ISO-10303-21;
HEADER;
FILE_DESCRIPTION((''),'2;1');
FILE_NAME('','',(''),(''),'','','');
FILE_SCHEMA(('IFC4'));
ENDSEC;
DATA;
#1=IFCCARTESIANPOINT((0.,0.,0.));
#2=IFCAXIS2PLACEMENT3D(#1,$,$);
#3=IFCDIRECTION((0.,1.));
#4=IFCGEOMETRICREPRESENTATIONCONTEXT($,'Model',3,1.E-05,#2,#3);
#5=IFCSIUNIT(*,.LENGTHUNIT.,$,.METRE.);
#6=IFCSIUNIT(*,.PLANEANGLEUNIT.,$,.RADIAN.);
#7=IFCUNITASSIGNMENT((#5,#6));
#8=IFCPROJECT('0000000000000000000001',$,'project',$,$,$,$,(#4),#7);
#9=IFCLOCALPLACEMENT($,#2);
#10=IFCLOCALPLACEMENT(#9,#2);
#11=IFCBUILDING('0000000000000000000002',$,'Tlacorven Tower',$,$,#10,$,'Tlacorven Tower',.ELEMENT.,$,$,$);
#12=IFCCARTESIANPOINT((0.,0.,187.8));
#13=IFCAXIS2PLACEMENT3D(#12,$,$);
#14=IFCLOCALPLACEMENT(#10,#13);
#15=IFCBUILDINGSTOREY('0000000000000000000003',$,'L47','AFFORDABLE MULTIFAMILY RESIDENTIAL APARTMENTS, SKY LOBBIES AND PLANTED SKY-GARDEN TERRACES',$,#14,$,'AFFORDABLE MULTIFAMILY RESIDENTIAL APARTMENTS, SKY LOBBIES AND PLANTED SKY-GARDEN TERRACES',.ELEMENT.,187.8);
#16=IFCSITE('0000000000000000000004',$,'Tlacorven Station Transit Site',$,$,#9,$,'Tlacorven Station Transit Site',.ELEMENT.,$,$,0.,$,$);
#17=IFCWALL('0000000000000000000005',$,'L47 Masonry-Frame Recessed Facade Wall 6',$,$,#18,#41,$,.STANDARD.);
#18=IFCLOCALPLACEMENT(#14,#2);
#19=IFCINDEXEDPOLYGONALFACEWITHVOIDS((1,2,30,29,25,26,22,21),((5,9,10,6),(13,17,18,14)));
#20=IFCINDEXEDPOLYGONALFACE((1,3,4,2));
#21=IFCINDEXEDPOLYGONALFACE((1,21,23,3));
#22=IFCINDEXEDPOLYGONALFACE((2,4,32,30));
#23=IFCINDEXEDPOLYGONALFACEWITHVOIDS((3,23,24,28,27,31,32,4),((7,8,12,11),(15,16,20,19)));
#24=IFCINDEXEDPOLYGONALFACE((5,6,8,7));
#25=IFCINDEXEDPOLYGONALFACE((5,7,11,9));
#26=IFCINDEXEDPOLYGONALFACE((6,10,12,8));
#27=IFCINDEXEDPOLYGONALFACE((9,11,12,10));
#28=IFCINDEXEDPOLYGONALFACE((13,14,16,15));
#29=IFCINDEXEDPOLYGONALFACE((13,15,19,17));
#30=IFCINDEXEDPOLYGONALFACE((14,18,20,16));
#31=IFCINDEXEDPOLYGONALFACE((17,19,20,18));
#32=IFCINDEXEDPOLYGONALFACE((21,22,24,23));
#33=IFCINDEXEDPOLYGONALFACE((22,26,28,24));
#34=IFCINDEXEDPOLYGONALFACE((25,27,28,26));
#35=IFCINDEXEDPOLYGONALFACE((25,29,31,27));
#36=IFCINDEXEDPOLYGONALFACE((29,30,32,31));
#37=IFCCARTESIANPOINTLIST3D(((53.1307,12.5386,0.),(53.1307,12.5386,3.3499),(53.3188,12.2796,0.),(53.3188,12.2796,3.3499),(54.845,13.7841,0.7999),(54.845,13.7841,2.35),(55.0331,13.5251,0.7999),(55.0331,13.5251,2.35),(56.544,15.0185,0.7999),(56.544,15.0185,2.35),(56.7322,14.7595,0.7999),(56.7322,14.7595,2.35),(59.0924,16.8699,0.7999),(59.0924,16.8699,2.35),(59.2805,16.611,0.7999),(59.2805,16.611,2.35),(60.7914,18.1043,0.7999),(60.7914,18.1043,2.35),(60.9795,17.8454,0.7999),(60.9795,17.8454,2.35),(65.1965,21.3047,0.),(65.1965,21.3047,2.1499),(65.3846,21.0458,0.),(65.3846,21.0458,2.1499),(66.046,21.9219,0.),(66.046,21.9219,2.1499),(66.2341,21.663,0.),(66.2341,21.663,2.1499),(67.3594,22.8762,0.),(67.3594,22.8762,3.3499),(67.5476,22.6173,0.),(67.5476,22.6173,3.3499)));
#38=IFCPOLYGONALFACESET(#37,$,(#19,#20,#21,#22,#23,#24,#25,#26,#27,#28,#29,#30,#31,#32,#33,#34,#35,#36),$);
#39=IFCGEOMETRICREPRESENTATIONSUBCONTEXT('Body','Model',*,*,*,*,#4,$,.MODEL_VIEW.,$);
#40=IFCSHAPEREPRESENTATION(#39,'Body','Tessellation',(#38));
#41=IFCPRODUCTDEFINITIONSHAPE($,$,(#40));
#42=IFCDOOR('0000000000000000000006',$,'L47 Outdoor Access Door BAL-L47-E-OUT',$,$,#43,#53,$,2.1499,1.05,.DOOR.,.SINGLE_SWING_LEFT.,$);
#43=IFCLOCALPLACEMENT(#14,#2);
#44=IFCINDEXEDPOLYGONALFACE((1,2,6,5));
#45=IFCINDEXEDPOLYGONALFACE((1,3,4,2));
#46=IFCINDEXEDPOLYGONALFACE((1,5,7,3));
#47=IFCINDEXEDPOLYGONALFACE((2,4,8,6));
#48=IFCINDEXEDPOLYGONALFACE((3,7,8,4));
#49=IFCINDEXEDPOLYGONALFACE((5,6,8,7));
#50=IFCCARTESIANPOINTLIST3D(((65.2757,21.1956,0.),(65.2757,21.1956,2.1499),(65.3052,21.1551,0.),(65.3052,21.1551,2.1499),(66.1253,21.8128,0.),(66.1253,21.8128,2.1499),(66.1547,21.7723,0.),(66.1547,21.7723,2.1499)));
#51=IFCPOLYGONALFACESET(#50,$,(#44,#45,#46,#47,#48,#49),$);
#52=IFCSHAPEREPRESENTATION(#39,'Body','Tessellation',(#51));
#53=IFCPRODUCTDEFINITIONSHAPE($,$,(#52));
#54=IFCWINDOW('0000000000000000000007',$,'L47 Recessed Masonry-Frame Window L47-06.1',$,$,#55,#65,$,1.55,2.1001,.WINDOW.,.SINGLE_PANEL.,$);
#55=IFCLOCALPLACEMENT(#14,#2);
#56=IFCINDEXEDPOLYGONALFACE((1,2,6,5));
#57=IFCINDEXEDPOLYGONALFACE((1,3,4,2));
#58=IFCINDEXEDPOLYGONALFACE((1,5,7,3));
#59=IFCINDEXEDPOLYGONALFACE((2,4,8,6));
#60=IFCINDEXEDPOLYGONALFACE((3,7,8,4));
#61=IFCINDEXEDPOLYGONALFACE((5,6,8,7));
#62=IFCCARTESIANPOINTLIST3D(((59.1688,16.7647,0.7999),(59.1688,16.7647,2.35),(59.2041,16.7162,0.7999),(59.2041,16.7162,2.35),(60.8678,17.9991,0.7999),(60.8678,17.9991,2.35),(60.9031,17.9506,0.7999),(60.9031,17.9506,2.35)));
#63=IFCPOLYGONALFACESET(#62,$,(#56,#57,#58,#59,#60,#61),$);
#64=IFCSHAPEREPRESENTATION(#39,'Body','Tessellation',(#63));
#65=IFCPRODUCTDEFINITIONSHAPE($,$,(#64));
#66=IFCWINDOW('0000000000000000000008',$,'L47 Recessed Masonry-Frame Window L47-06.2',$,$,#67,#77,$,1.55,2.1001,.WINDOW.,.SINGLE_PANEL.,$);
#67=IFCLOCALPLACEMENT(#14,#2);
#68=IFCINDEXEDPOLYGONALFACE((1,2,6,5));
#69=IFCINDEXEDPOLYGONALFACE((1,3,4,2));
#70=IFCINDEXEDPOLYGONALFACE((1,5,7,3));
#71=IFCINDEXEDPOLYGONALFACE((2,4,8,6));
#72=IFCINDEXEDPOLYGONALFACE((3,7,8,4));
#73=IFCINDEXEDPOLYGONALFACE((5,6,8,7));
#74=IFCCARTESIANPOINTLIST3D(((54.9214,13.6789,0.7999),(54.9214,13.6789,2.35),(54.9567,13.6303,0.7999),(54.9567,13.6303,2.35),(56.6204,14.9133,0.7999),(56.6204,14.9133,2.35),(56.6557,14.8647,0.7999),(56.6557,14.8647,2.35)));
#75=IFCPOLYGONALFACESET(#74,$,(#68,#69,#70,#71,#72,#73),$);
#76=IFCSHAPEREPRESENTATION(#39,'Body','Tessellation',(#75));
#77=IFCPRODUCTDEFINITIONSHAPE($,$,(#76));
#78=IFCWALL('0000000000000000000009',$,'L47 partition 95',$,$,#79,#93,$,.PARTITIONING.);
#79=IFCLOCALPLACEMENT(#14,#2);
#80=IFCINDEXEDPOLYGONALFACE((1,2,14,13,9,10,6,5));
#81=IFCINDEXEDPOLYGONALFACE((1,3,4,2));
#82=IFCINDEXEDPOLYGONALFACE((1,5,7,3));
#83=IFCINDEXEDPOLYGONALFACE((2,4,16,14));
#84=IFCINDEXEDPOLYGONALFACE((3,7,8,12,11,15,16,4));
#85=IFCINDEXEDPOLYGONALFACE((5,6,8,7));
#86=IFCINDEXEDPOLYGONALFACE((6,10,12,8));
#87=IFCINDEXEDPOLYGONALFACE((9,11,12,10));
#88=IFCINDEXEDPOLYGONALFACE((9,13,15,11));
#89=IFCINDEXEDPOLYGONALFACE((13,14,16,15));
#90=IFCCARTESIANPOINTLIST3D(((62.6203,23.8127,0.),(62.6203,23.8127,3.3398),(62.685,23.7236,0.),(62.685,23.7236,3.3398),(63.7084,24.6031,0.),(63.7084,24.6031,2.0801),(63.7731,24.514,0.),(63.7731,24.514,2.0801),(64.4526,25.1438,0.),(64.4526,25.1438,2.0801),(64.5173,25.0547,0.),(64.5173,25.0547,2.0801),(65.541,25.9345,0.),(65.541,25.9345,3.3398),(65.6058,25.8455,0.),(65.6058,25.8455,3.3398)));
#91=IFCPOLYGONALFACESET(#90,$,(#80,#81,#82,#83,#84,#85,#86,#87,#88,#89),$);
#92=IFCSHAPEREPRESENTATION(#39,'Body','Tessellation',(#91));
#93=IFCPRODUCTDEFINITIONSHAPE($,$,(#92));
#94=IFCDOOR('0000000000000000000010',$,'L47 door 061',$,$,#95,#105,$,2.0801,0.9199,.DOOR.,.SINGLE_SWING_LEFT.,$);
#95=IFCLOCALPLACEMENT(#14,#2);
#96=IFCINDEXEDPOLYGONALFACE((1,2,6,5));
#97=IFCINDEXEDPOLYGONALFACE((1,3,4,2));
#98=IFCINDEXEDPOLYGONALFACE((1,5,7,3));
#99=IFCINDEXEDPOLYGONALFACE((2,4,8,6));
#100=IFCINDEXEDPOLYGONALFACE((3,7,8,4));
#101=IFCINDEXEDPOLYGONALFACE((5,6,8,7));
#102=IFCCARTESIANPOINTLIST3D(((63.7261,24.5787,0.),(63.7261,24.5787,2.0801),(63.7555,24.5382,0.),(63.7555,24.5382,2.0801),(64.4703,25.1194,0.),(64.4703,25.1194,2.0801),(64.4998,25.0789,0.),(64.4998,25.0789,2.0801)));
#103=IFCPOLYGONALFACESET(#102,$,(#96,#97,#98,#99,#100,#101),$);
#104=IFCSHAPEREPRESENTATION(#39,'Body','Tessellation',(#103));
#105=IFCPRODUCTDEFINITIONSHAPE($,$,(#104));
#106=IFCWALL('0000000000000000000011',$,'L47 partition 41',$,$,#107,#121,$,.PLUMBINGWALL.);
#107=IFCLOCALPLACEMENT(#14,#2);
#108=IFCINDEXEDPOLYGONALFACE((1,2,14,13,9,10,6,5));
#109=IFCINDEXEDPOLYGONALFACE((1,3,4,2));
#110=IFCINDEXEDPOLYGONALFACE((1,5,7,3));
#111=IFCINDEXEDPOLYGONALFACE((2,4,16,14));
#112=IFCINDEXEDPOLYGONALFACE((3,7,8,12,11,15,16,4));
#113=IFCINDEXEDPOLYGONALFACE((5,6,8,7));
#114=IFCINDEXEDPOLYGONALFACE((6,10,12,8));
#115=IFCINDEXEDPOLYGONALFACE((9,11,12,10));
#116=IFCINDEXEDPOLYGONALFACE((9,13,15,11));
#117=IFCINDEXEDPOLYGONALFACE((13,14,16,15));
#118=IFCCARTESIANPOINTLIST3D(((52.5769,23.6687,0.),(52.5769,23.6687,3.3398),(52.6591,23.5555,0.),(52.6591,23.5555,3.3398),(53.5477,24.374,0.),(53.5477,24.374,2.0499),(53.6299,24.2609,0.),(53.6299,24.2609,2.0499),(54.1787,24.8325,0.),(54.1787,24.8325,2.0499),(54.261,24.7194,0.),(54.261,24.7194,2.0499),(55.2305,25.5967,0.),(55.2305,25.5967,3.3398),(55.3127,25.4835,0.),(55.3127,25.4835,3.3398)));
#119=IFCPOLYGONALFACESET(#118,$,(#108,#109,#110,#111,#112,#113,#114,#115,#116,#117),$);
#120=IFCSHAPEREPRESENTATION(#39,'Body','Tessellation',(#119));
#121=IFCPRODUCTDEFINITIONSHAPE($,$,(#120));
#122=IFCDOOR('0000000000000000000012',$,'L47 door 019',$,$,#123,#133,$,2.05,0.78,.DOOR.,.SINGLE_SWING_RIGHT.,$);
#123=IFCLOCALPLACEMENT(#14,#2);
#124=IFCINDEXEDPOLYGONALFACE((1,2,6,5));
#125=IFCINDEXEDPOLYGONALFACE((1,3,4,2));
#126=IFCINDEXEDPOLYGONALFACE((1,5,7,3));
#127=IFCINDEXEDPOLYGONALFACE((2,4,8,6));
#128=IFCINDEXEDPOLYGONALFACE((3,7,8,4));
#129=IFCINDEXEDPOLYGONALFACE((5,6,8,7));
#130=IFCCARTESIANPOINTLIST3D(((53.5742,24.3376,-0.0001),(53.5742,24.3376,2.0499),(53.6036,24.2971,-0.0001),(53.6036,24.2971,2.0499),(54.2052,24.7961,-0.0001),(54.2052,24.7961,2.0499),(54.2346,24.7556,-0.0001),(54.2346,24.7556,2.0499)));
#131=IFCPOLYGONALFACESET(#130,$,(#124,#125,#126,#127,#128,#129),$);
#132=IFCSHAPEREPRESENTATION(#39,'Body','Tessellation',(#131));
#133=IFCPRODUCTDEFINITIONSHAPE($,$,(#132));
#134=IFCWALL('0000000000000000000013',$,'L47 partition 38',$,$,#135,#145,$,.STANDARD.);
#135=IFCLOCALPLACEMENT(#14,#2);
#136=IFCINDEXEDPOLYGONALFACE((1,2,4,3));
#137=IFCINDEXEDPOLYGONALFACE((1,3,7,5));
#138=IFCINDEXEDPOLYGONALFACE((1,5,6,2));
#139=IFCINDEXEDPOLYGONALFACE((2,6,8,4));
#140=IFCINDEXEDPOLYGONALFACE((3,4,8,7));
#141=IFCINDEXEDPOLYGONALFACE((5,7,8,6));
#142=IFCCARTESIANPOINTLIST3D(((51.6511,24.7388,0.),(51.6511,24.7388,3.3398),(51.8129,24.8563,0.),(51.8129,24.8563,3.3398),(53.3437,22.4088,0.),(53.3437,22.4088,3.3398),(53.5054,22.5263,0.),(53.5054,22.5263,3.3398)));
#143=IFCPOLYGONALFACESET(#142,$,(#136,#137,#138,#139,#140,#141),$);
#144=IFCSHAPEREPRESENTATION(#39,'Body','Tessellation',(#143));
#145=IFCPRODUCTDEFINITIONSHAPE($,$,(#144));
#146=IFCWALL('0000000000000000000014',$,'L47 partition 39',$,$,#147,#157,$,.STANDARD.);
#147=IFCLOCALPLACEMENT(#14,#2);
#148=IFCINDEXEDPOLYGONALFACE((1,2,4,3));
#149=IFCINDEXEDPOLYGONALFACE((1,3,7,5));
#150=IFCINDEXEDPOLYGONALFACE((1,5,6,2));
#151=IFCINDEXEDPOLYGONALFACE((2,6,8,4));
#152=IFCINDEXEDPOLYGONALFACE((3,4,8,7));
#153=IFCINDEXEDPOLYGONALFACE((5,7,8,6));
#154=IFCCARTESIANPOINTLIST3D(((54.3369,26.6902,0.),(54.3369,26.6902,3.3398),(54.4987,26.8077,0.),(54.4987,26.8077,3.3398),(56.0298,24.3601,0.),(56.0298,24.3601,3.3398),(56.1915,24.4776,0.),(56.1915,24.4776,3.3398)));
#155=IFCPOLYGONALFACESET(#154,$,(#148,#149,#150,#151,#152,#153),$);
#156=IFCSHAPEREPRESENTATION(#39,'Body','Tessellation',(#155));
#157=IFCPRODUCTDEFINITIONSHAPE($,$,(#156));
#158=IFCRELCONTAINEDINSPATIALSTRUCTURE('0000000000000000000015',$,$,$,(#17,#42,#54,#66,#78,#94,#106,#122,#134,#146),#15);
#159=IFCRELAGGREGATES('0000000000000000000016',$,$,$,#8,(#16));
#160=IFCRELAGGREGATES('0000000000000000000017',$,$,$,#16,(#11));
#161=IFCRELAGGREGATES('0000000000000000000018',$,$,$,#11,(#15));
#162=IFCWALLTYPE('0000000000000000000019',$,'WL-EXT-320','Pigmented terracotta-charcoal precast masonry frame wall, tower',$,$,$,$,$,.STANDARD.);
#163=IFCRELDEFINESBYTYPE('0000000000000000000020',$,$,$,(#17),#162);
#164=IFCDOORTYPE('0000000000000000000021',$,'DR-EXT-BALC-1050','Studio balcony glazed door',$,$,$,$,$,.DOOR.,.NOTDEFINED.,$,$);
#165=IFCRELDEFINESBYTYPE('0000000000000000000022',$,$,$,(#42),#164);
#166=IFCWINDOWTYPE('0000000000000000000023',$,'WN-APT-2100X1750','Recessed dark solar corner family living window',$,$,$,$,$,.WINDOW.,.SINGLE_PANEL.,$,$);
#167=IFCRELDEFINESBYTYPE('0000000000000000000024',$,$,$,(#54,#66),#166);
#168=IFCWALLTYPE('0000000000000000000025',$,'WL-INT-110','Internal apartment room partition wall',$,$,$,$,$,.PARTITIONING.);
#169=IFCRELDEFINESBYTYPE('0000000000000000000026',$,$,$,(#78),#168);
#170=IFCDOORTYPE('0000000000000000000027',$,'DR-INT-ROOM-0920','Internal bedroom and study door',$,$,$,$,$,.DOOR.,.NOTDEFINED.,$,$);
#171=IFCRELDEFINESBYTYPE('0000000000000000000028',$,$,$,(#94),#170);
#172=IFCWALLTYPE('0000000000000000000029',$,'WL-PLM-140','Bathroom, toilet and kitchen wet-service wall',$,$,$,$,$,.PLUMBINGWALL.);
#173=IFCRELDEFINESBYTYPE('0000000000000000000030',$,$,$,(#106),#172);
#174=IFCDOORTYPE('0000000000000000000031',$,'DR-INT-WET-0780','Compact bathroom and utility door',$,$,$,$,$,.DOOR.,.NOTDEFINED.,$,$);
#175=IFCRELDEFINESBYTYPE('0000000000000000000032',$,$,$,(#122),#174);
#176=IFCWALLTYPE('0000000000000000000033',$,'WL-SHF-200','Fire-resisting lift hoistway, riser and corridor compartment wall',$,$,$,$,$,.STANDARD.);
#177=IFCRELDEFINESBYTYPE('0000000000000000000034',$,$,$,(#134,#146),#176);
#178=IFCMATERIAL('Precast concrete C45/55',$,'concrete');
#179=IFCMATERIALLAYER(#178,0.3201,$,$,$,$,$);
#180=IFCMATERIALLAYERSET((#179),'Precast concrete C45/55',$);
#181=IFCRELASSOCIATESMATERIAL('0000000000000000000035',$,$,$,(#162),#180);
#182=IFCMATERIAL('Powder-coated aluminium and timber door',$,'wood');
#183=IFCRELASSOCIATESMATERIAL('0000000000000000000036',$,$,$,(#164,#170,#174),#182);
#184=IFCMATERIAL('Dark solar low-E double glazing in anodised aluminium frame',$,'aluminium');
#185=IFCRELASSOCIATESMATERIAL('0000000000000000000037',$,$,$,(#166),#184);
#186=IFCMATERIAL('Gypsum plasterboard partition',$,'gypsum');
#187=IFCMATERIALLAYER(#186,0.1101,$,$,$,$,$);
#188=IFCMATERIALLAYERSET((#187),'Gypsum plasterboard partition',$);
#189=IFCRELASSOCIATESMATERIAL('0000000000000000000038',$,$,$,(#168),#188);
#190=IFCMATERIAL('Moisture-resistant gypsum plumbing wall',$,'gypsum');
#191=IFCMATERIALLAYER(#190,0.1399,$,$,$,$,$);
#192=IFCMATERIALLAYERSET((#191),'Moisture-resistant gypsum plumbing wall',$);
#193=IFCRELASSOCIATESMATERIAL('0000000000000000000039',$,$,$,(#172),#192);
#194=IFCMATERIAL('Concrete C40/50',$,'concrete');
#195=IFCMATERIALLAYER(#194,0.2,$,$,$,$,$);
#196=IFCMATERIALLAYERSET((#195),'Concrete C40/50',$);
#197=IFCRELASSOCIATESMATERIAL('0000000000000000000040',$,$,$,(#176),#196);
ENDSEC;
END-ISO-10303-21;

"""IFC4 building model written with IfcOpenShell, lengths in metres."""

from ifc_helpers import new_model, si_unit, direction, frame, frame_2d, origin, place, context, subcontext, project, spatial, rectangle, extrude, source, transform, mapped, material, layer, layer_set, type_object, element, fill, save


model = new_model("IFC4")

# Units and contexts
model_context = context("Model", 3, precision=1e-05, world=origin(), true_north=direction((0.0, 1.0)))
body_context = subcontext(model_context, "Body", "Model", "MODEL_VIEW")
ifc_project = project(units=[si_unit("LENGTHUNIT", "METRE"), si_unit("PLANEANGLEUNIT", "RADIAN")], contexts=[model_context])

# Site, building, storey
site_placement = place(None, origin())
site = spatial("IfcSite", under=ifc_project, at=site_placement, Name="Tlacorven Station Transit Site", LongName="Tlacorven Station Transit Site", CompositionType="ELEMENT", RefElevation=0.0)
building_placement = place(site_placement, origin())
building = spatial("IfcBuilding", under=site, at=building_placement, Name="Tlacorven Tower", LongName="Tlacorven Tower", CompositionType="ELEMENT")
storey_placement = place(building_placement, frame((0.0, 0.0, 187.8)))
storey = spatial("IfcBuildingStorey", under=building, at=storey_placement, Name="L47", Description="AFFORDABLE MULTIFAMILY RESIDENTIAL APARTMENTS, SKY LOBBIES AND PLANTED SKY-GARDEN TERRACES", LongName="AFFORDABLE MULTIFAMILY RESIDENTIAL APARTMENTS, SKY LOBBIES AND PLANTED SKY-GARDEN TERRACES", CompositionType="ELEMENT", Elevation=187.8)

# Wall, openings, door, windows
ifc_material_1 = material(Name="Precast concrete C45/55", Category="concrete")
ifc_layer_1 = layer(ifc_material_1, 0.3201)
ifc_layer_set_1 = layer_set([ifc_layer_1], Name="Precast concrete C45/55")
wall_type_1 = type_object("IfcWallType", Name="WL-EXT-320", Description="Pigmented terracotta-charcoal precast masonry frame wall, tower", PredefinedType="STANDARD", material=ifc_layer_set_1)
wall_1_placement = place(storey_placement, frame((67.4536, 22.7468, 0.0), z_axis=(0.0, 0.0, 1.0), x_axis=(-0.809021, -0.58778, 0.0)))
wall_1 = element("IfcWall", 1, at=wall_1_placement, inside=storey, type_object=wall_type_1, Name="L47 Masonry-Frame Recessed Facade Wall 6", PredefinedType="STANDARD", context=body_context, shape_type="SweptSolid", body=[
    extrude(rectangle(XDim=17.5876, YDim=0.3201, at=frame_2d((8.7939, 0.0))), origin(), (0.0, 0.0, 1.0), 3.3499),
])
opening_1_placement = place(wall_1_placement, frame((1.6238, 0.0, 0.0)))
opening_1 = element("IfcOpeningElement", 2, at=opening_1_placement, cuts=wall_1, PredefinedType="OPENING", context=body_context, shape_type="SweptSolid", body=[
    extrude(rectangle(XDim=1.05, YDim=2.1499, at=frame_2d((0.5249, 1.075))), frame((0.0, 0.1699, 0.0), z_axis=(0.0, -1.0, 0.0), x_axis=(1.0, 0.0, 0.0)), (0.0, 0.0, 1.0), 0.3401),
])
opening_2_placement = place(wall_1_placement, frame((8.1187, 0.0, 0.8)))
opening_2 = element("IfcOpeningElement", 3, at=opening_2_placement, cuts=wall_1, PredefinedType="OPENING", context=body_context, shape_type="SweptSolid", body=[
    extrude(rectangle(XDim=2.1001, YDim=1.55, at=frame_2d((1.05, 0.7749))), frame((0.0, 0.1699, 0.0), z_axis=(0.0, -1.0, 0.0), x_axis=(1.0, 0.0, 0.0)), (0.0, 0.0, 1.0), 0.3401),
])
opening_3_placement = place(wall_1_placement, frame((13.3687, 0.0, 0.8)))
opening_3 = element("IfcOpeningElement", 4, at=opening_3_placement, cuts=wall_1, PredefinedType="OPENING", context=body_context, shape_type="SweptSolid", body=[
    extrude(rectangle(XDim=2.1001, YDim=1.55, at=frame_2d((1.05, 0.7749))), frame((0.0, 0.1699, 0.0), z_axis=(0.0, -1.0, 0.0), x_axis=(1.0, 0.0, 0.0)), (0.0, 0.0, 1.0), 0.3401),
])
ifc_material_2 = material(Name="Powder-coated aluminium and timber door", Category="wood")
door_type_1 = type_object("IfcDoorType", Name="DR-EXT-BALC-1050", Description="Studio balcony glazed door", OperationType="NOTDEFINED", PredefinedType="DOOR", material=ifc_material_2)
shared_shape_1 = source(origin(), body_context, "Body", "SweptSolid", [
    extrude(rectangle(XDim=1.05, YDim=2.1499, at=frame_2d((0.5249, 1.075))), frame((0.0, 0.0249, 0.0), z_axis=(0.0, -1.0, 0.0), x_axis=(1.0, 0.0, 0.0)), (0.0, 0.0, 1.0), 0.05),
])
door_1_placement = place(opening_1_placement, origin())
door_1 = element("IfcDoor", 5, at=door_1_placement, inside=storey, type_object=door_type_1, Name="L47 Outdoor Access Door BAL-L47-E-OUT", OperationType="SINGLE_SWING_LEFT", OverallHeight=2.1499, OverallWidth=1.05, PredefinedType="DOOR", context=body_context, shape_type="MappedRepresentation", body=[
    mapped(shared_shape_1, transform((0.0, 0.0, 0.0), scale=1.0)),
])
fill(opening_1, door_1)
ifc_material_3 = material(Name="Dark solar low-E double glazing in anodised aluminium frame", Category="aluminium")
window_type = type_object("IfcWindowType", Name="WN-APT-2100X1750", Description="Recessed dark solar corner family living window", PartitioningType="SINGLE_PANEL", PredefinedType="WINDOW", material=ifc_material_3)
shared_shape_2 = source(origin(), body_context, "Body", "SweptSolid", [
    extrude(rectangle(XDim=2.1001, YDim=1.55, at=frame_2d((1.05, 0.7749))), frame((0.0, 0.03, 0.0), z_axis=(0.0, -1.0, 0.0), x_axis=(1.0, 0.0, 0.0)), (0.0, 0.0, 1.0), 0.0601),
])
window_1_placement = place(opening_2_placement, origin())
window_1 = element("IfcWindow", 6, at=window_1_placement, inside=storey, type_object=window_type, Name="L47 Recessed Masonry-Frame Window L47-06.1", OverallHeight=1.55, OverallWidth=2.1001, PartitioningType="SINGLE_PANEL", PredefinedType="WINDOW", context=body_context, shape_type="MappedRepresentation", body=[
    mapped(shared_shape_2, transform((0.0, 0.0, 0.0), scale=1.0)),
])
fill(opening_2, window_1)
window_2_placement = place(opening_3_placement, origin())
window_2 = element("IfcWindow", 7, at=window_2_placement, inside=storey, type_object=window_type, Name="L47 Recessed Masonry-Frame Window L47-06.2", OverallHeight=1.55, OverallWidth=2.1001, PartitioningType="SINGLE_PANEL", PredefinedType="WINDOW", context=body_context, shape_type="MappedRepresentation", body=[
    mapped(shared_shape_2, transform((0.0, 0.0, 0.0), scale=1.0)),
])
fill(opening_3, window_2)

# Walls, openings, doors
ifc_material_4 = material(Name="Gypsum plasterboard partition", Category="gypsum")
ifc_layer_2 = layer(ifc_material_4, 0.1101)
ifc_layer_set_2 = layer_set([ifc_layer_2], Name="Gypsum plasterboard partition")
wall_type_2 = type_object("IfcWallType", Name="WL-INT-110", Description="Internal apartment room partition wall", PredefinedType="PARTITIONING", material=ifc_layer_set_2)
wall_2_placement = place(storey_placement, frame((62.6526, 23.7681, 0.0), z_axis=(0.0, 0.0, 1.0), x_axis=(0.809037, 0.587757, 0.0)))
wall_2 = element("IfcWall", 8, at=wall_2_placement, inside=storey, type_object=wall_type_2, Name="L47 partition 95", PredefinedType="PARTITIONING", context=body_context, shape_type="SweptSolid", body=[
    extrude(rectangle(XDim=3.6101, YDim=0.1101, at=frame_2d((1.8052, 0.0))), origin(), (0.0, 0.0, 1.0), 3.3398),
])
opening_4_placement = place(wall_2_placement, frame((1.345, 0.0, 0.0)))
opening_4 = element("IfcOpeningElement", 9, at=opening_4_placement, cuts=wall_2, PredefinedType="OPENING", context=body_context, shape_type="SweptSolid", body=[
    extrude(rectangle(XDim=0.9199, YDim=2.0801, at=frame_2d((0.46, 1.04))), frame((0.0, 0.0649, 0.0), z_axis=(0.0, -1.0, 0.0), x_axis=(1.0, 0.0, 0.0)), (0.0, 0.0, 1.0), 0.1301),
])
door_type_2 = type_object("IfcDoorType", Name="DR-INT-ROOM-0920", Description="Internal bedroom and study door", OperationType="NOTDEFINED", PredefinedType="DOOR", material=ifc_material_2)
shared_shape_3 = source(origin(), body_context, "Body", "SweptSolid", [
    extrude(rectangle(XDim=0.9199, YDim=2.0801, at=frame_2d((0.46, 1.04))), frame((0.0, 0.0249, 0.0), z_axis=(0.0, -1.0, 0.0), x_axis=(1.0, 0.0, 0.0)), (0.0, 0.0, 1.0), 0.05),
])
door_2_placement = place(opening_4_placement, origin())
door_2 = element("IfcDoor", 10, at=door_2_placement, inside=storey, type_object=door_type_2, Name="L47 door 061", OperationType="SINGLE_SWING_LEFT", OverallHeight=2.0801, OverallWidth=0.9199, PredefinedType="DOOR", context=body_context, shape_type="MappedRepresentation", body=[
    mapped(shared_shape_3, transform((0.0, 0.0, 0.0), scale=1.0)),
])
fill(opening_4, door_2)
ifc_material_5 = material(Name="Moisture-resistant gypsum plumbing wall", Category="gypsum")
ifc_layer_3 = layer(ifc_material_5, 0.1399)
ifc_layer_set_3 = layer_set([ifc_layer_3], Name="Moisture-resistant gypsum plumbing wall")
wall_type_3 = type_object("IfcWallType", Name="WL-PLM-140", Description="Bathroom, toilet and kitchen wet-service wall", PredefinedType="PLUMBINGWALL", material=ifc_layer_set_3)
wall_3_placement = place(storey_placement, frame((52.6179, 23.6121, 0.0), z_axis=(0.0, 0.0, 1.0), x_axis=(0.80901, 0.587795, 0.0)))
wall_3 = element("IfcWall", 11, at=wall_3_placement, inside=storey, type_object=wall_type_3, Name="L47 partition 41", PredefinedType="PLUMBINGWALL", context=body_context, shape_type="SweptSolid", body=[
    extrude(rectangle(XDim=3.28, YDim=0.1399, at=frame_2d((1.6401, 0.0))), origin(), (0.0, 0.0, 1.0), 3.3398),
])
opening_5_placement = place(wall_3_placement, frame((1.2, 0.0, 0.0)))
opening_5 = element("IfcOpeningElement", 12, at=opening_5_placement, cuts=wall_3, PredefinedType="OPENING", context=body_context, shape_type="SweptSolid", body=[
    extrude(rectangle(XDim=0.78, YDim=2.05, at=frame_2d((0.3901, 1.0249))), frame((0.0, 0.0801, 0.0), z_axis=(0.0, -1.0, 0.0), x_axis=(1.0, 0.0, 0.0)), (0.0, 0.0, 1.0), 0.1599),
])
door_type_3 = type_object("IfcDoorType", Name="DR-INT-WET-0780", Description="Compact bathroom and utility door", OperationType="NOTDEFINED", PredefinedType="DOOR", material=ifc_material_2)
shared_shape_4 = source(origin(), body_context, "Body", "SweptSolid", [
    extrude(rectangle(XDim=0.78, YDim=2.05, at=frame_2d((0.3901, 1.0249))), frame((0.0, 0.0249, 0.0), z_axis=(0.0, -1.0, 0.0), x_axis=(1.0, 0.0, 0.0)), (0.0, 0.0, 1.0), 0.05),
])
door_3_placement = place(opening_5_placement, origin())
door_3 = element("IfcDoor", 13, at=door_3_placement, inside=storey, type_object=door_type_3, Name="L47 door 019", OperationType="SINGLE_SWING_RIGHT", OverallHeight=2.05, OverallWidth=0.78, PredefinedType="DOOR", context=body_context, shape_type="MappedRepresentation", body=[
    mapped(shared_shape_4, transform((0.0, 0.0, 0.0), scale=1.0)),
])
fill(opening_5, door_3)

# Walls
ifc_material_6 = material(Name="Concrete C40/50", Category="concrete")
ifc_layer_4 = layer(ifc_material_6, 0.2)
ifc_layer_set_4 = layer_set([ifc_layer_4], Name="Concrete C40/50")
wall_type_4 = type_object("IfcWallType", Name="WL-SHF-200", Description="Fire-resisting lift hoistway, riser and corridor compartment wall", PredefinedType="STANDARD", material=ifc_layer_set_4)
wall_4_placement = place(storey_placement, frame((53.4246, 22.4675, 0.0), z_axis=(0.0, 0.0, 1.0), x_axis=(-0.587723, 0.809062, 0.0)))
element("IfcWall", 14, at=wall_4_placement, inside=storey, type_object=wall_type_4, Name="L47 partition 38", PredefinedType="STANDARD", context=body_context, shape_type="SweptSolid", body=[
    extrude(rectangle(XDim=2.8799, YDim=0.2, at=frame_2d((1.4399, 0.0))), origin(), (0.0, 0.0, 1.0), 3.3398),
])
wall_5_placement = place(storey_placement, frame((56.1106, 24.4189, 0.0), z_axis=(0.0, 0.0, 1.0), x_axis=(-0.587778, 0.809022, 0.0)))
element("IfcWall", 15, at=wall_5_placement, inside=storey, type_object=wall_type_4, Name="L47 partition 39", PredefinedType="STANDARD", context=body_context, shape_type="SweptSolid", body=[
    extrude(rectangle(XDim=2.8801, YDim=0.2, at=frame_2d((1.4399, 0.0))), origin(), (0.0, 0.0, 1.0), 3.3398),
])

save(model, "model.ifc")
